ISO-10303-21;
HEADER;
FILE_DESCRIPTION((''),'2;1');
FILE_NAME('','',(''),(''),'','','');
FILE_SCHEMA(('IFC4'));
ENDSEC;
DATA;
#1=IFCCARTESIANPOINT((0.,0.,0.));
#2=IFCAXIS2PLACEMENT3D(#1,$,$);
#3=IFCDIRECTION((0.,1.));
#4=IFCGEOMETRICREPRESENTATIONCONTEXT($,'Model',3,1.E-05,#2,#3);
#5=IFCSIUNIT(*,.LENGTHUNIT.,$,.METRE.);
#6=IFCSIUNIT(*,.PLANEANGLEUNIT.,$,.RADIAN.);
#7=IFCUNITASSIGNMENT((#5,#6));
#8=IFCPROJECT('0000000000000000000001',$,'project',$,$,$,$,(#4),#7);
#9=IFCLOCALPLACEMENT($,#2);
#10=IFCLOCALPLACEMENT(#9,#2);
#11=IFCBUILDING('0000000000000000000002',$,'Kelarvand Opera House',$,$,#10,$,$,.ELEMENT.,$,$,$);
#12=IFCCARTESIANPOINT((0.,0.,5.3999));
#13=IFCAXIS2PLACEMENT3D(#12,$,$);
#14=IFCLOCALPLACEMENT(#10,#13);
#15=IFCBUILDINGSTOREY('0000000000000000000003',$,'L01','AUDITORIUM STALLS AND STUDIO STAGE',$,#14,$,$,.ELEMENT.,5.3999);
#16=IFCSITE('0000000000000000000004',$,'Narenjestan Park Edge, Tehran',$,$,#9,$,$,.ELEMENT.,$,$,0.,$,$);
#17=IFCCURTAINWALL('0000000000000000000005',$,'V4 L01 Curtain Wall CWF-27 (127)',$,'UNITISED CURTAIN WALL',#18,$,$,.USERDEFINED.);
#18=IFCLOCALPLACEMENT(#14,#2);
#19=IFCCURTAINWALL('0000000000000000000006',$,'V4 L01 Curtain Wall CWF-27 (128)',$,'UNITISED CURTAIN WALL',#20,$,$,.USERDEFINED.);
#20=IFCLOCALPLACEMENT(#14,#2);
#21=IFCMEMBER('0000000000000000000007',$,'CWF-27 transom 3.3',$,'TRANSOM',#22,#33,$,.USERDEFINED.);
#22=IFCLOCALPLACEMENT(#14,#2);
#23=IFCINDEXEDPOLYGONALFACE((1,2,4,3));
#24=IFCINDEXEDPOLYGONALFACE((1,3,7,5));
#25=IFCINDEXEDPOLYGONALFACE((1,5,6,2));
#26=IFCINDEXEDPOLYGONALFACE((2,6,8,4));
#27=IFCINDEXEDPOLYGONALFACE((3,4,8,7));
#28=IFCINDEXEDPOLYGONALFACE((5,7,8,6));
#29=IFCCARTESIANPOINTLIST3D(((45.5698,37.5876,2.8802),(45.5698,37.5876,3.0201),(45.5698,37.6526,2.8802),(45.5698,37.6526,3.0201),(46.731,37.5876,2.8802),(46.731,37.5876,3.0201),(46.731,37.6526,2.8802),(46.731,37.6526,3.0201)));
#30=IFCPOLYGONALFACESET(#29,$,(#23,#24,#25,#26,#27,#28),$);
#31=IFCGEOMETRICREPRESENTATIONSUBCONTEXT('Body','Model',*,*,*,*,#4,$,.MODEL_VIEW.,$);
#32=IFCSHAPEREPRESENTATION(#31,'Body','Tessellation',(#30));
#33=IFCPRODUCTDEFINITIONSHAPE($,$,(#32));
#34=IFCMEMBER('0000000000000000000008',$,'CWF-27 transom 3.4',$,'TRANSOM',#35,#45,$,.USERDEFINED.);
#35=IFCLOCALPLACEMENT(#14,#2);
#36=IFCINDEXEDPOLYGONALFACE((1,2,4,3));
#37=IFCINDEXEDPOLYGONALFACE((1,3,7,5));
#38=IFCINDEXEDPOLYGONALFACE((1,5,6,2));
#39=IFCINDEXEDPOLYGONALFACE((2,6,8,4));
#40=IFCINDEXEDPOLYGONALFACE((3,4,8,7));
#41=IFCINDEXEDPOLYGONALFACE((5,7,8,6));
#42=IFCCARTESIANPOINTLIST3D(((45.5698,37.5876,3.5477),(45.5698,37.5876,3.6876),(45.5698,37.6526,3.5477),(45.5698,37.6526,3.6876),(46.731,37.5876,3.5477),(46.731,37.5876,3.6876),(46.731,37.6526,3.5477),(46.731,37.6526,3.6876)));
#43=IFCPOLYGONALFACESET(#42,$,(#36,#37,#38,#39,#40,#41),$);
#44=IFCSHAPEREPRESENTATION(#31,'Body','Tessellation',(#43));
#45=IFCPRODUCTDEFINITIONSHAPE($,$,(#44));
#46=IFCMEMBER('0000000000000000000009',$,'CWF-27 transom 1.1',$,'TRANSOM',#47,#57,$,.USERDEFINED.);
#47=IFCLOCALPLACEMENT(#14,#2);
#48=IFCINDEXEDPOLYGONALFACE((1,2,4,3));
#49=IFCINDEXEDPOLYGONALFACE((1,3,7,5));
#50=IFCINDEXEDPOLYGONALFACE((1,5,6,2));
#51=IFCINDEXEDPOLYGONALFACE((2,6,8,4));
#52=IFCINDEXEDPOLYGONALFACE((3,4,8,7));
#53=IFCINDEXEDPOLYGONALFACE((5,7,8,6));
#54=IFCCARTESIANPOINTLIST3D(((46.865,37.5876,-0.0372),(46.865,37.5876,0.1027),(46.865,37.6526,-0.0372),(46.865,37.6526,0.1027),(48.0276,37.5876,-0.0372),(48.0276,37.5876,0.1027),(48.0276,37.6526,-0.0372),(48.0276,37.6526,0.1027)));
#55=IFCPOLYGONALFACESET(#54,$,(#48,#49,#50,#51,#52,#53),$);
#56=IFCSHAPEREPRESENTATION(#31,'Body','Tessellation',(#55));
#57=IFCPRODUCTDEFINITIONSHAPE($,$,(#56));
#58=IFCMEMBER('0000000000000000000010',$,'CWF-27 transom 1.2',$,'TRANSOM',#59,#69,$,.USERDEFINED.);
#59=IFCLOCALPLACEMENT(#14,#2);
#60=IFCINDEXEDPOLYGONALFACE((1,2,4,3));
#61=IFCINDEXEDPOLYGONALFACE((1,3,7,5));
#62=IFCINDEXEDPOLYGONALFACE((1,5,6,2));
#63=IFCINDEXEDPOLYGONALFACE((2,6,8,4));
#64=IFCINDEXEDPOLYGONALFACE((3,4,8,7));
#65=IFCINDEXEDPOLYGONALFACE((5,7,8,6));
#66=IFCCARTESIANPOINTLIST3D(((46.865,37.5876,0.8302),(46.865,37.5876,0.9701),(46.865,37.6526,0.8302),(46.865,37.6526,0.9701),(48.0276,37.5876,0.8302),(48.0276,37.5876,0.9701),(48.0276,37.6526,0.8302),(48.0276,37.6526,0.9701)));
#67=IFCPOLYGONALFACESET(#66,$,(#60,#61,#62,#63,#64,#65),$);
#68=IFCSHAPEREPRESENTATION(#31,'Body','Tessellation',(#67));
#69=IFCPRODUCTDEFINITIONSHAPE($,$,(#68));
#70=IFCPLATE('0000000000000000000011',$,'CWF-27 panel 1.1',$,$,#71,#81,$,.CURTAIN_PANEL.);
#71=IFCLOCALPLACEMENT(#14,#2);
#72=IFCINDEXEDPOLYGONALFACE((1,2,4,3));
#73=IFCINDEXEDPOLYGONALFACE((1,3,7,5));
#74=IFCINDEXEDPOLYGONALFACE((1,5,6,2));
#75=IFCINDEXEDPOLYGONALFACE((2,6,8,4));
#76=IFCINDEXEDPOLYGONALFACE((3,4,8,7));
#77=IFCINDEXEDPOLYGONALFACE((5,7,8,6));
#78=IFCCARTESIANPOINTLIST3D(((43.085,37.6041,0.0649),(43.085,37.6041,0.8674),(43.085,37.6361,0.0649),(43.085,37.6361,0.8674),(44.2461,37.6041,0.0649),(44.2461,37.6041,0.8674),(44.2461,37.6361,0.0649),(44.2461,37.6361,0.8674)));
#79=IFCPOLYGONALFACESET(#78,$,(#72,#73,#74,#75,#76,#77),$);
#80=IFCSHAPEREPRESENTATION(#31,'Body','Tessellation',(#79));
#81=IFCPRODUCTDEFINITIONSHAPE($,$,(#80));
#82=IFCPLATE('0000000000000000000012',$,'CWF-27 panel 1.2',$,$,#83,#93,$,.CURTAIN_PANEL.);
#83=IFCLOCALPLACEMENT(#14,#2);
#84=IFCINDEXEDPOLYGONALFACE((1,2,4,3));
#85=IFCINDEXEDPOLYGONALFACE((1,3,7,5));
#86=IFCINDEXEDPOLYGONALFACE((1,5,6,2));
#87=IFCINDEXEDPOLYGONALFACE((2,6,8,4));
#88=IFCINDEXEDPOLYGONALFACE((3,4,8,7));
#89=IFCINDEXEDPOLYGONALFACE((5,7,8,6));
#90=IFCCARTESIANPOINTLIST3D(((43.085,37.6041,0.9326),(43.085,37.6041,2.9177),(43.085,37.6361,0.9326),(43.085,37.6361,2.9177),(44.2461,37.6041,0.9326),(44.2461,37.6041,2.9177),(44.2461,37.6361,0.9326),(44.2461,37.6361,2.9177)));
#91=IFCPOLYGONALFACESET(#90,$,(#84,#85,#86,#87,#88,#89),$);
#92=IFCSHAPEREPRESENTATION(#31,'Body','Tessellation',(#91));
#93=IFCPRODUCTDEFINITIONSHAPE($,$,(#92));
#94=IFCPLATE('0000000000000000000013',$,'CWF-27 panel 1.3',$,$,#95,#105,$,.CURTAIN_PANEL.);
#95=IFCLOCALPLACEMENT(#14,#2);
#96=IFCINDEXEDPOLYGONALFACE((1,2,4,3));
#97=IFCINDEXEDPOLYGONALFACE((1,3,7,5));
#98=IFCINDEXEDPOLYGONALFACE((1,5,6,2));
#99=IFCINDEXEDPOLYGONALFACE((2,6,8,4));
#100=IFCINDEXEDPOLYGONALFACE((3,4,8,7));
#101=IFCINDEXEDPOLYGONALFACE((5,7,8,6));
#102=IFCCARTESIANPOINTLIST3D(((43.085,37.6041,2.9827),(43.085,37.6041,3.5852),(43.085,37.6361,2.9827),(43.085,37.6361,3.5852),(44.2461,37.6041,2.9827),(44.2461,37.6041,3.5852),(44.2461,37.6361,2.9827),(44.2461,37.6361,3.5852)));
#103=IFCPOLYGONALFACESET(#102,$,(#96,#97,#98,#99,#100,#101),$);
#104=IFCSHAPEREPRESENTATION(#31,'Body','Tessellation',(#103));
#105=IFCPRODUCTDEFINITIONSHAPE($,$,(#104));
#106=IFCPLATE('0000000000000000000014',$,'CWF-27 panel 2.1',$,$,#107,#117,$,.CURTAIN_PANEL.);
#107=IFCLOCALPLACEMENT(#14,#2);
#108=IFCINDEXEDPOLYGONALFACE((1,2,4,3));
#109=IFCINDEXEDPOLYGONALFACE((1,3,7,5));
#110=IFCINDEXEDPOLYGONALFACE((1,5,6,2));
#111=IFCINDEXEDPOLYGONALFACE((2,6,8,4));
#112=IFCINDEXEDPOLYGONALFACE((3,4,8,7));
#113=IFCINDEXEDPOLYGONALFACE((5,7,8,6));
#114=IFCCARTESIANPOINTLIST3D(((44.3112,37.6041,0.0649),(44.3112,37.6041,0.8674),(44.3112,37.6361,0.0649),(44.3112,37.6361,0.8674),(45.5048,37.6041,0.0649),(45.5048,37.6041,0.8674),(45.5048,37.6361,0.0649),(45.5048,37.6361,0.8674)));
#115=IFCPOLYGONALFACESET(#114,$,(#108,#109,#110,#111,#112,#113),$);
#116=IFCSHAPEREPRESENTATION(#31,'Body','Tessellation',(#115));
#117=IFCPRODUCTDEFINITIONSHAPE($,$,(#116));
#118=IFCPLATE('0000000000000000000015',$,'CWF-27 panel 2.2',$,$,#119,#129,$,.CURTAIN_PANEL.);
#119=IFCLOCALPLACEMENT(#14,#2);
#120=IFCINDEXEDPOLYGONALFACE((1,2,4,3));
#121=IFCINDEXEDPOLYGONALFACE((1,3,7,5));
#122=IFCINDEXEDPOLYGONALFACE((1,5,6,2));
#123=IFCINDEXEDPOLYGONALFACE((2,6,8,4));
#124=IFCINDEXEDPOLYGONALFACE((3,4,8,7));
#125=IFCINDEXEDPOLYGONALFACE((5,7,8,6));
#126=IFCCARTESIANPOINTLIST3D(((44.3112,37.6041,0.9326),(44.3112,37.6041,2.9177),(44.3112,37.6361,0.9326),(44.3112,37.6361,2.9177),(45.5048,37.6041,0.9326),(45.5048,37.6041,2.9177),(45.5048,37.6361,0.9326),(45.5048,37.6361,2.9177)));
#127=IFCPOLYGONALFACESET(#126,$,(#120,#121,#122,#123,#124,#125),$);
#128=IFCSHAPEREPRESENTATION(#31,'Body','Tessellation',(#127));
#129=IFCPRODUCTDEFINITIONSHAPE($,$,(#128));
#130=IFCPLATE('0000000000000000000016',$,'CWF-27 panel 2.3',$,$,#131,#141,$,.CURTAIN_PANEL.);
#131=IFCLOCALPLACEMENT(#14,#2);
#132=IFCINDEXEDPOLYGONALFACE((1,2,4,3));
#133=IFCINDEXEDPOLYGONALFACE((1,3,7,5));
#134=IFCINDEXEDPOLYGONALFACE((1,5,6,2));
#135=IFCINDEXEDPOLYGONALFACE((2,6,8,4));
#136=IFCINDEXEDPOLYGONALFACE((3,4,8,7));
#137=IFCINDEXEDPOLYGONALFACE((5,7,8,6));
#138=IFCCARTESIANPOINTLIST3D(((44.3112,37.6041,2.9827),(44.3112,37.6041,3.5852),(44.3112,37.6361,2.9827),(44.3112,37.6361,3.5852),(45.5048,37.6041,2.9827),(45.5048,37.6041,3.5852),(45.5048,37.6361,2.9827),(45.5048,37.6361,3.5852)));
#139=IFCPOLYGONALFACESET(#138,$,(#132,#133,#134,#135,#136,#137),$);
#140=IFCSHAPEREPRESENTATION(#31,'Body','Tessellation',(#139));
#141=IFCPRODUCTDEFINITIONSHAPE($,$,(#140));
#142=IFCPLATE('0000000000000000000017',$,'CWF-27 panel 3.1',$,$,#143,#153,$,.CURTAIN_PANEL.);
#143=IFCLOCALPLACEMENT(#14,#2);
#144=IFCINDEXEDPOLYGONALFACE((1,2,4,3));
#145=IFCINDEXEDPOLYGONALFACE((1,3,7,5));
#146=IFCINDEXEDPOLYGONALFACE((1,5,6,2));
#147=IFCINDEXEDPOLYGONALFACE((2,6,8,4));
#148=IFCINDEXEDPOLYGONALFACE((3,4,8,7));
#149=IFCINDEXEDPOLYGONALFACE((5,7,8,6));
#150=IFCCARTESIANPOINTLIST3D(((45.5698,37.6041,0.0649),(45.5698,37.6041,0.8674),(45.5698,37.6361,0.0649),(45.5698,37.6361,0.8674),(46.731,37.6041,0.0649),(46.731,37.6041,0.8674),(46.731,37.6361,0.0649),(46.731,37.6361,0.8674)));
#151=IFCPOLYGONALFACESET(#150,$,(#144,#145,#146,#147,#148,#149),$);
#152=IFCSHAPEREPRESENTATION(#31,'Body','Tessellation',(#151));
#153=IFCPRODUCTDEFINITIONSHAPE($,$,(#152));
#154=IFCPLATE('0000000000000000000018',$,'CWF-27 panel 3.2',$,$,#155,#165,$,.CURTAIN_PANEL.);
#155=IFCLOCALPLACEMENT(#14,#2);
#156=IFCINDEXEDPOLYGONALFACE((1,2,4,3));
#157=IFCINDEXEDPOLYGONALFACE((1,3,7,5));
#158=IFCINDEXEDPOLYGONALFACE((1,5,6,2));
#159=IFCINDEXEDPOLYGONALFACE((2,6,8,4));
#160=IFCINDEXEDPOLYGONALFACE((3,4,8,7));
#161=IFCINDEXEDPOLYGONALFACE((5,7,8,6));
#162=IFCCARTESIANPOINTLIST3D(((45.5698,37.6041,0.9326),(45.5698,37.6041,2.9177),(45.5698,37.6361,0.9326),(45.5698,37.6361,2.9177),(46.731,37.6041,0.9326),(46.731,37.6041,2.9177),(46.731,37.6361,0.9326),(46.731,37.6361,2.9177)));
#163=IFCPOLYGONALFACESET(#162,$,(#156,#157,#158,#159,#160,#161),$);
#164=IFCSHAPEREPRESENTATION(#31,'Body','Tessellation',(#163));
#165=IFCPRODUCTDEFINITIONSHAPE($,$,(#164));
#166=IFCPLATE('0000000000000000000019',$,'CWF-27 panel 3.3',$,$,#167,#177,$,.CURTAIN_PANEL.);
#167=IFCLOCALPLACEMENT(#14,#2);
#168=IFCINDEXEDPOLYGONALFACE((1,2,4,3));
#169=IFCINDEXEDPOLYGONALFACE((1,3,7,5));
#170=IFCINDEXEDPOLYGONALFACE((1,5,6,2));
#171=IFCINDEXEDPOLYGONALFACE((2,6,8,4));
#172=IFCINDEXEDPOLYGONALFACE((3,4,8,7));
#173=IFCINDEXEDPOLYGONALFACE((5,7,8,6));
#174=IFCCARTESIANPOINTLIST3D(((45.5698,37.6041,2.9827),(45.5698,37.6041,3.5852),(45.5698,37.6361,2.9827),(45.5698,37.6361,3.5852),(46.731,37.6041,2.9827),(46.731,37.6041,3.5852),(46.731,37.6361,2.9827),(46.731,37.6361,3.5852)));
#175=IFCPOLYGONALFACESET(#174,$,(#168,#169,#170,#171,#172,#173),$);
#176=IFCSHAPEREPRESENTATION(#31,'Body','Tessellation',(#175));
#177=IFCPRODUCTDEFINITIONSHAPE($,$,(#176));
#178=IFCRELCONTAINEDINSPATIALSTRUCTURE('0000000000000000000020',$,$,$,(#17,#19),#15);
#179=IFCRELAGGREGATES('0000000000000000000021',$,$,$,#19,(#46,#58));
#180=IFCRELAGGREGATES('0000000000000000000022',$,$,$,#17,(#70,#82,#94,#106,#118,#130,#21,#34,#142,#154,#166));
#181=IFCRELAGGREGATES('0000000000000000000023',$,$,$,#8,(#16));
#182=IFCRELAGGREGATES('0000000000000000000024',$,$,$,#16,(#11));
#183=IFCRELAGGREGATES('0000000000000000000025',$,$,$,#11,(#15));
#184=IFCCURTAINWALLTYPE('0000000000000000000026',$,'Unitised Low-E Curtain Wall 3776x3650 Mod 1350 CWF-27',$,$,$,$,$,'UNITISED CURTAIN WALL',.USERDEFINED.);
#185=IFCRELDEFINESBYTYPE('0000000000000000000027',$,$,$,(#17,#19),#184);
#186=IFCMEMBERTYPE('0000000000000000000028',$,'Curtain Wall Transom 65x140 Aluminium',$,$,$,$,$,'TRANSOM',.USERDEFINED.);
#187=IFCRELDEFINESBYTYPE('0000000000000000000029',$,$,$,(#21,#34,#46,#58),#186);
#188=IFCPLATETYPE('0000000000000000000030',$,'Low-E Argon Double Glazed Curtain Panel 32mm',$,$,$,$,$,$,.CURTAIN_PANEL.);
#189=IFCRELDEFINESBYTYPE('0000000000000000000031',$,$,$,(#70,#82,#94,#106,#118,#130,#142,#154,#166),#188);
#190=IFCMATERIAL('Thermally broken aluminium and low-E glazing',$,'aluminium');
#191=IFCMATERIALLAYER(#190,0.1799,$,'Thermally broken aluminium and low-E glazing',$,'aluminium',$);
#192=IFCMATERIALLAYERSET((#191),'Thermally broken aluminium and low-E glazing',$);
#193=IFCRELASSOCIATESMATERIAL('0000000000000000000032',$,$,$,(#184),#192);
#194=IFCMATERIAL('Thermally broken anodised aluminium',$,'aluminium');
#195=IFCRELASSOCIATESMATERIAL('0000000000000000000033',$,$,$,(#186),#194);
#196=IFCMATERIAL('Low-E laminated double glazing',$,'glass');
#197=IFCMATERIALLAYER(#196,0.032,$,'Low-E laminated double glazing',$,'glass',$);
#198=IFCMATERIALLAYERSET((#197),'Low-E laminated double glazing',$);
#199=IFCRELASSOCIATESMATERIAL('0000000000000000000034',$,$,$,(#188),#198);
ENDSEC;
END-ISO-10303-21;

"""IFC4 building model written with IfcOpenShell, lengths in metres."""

from ifc_helpers import new_model, si_unit, direction, frame, origin, origin_2d, place, context, subcontext, project, spatial, rectangle, extrude, material, layer, layer_set, material_profile, profile_set, type_object, element, aggregate, save


model = new_model("IFC4")

# Units and contexts
model_context = context("Model", 3, precision=1e-05, world=origin(), true_north=direction((0.0, 1.0)))
body_context = subcontext(model_context, "Body", "Model", "MODEL_VIEW")
ifc_project = project(units=[si_unit("LENGTHUNIT", "METRE"), si_unit("PLANEANGLEUNIT", "RADIAN")], contexts=[model_context])

# Site, building, storey
site_placement = place(None, origin())
site = spatial("IfcSite", under=ifc_project, at=site_placement, Name="Narenjestan Park Edge, Tehran", CompositionType="ELEMENT", RefElevation=0.0)
building_placement = place(site_placement, origin())
building = spatial("IfcBuilding", under=site, at=building_placement, Name="Kelarvand Opera House", CompositionType="ELEMENT")
storey_placement = place(building_placement, frame((0.0, 0.0, 5.3999)))
storey = spatial("IfcBuildingStorey", under=building, at=storey_placement, Name="L01", Description="AUDITORIUM STALLS AND STUDIO STAGE", CompositionType="ELEMENT", Elevation=5.3999)

# Curtain wall
ifc_material_1 = material(Name="Thermally broken aluminium and low-E glazing", Category="aluminium")
ifc_layer_1 = layer(ifc_material_1, 0.1799, Name="Thermally broken aluminium and low-E glazing", Category="aluminium")
ifc_layer_set_1 = layer_set([ifc_layer_1], Name="Thermally broken aluminium and low-E glazing")
curtain_wall_type = type_object("IfcCurtainWallType", Name="Unitised Low-E Curtain Wall 3776x3650 Mod 1350 CWF-27", ElementType="UNITISED CURTAIN WALL", PredefinedType="USERDEFINED", material=ifc_layer_set_1)
curtain_wall_1_placement = place(storey_placement, origin())
curtain_wall_1 = element("IfcCurtainWall", 1, at=curtain_wall_1_placement, inside=storey, type_object=curtain_wall_type, Name="V4 L01 Curtain Wall CWF-27 (127)", ObjectType="UNITISED CURTAIN WALL", PredefinedType="USERDEFINED")
ifc_material_2 = material(Name="Thermally broken anodised aluminium", Category="aluminium")

# Curtain wall
curtain_wall_2_placement = place(storey_placement, origin())
curtain_wall_2 = element("IfcCurtainWall", 2, at=curtain_wall_2_placement, inside=storey, type_object=curtain_wall_type, Name="V4 L01 Curtain Wall CWF-27 (128)", ObjectType="UNITISED CURTAIN WALL", PredefinedType="USERDEFINED")

# Members
ifc_material_profile_1 = material_profile(ifc_material_2, rectangle(XDim=0.0649, YDim=0.1399, at=origin_2d()), Name="ALU TRANSOM 65x140", Category="aluminium")
ifc_profile_set_1 = profile_set([ifc_material_profile_1], Name="Thermally broken anodised aluminium")
member_type_1 = type_object("IfcMemberType", Name="Curtain Wall Transom 65x140 Aluminium", ElementType="TRANSOM", PredefinedType="USERDEFINED", material=ifc_profile_set_1)
member_1_placement = place(storey_placement, frame((45.5698, 37.6201, 2.9502), z_axis=(1.0, 0.0, 0.0), x_axis=(0.0, 1.0, 0.0)))
member_1 = element("IfcMember", 3, at=member_1_placement, type_object=member_type_1, Name="CWF-27 transom 3.3", ObjectType="TRANSOM", PredefinedType="USERDEFINED", context=body_context, shape_type="SweptSolid", body=[
    extrude(rectangle(XDim=0.0649, YDim=0.1399, at=origin_2d()), origin(), (0.0, 0.0, 1.0), 1.1611),
])
member_2_placement = place(storey_placement, frame((45.5698, 37.6201, 3.6177), z_axis=(1.0, 0.0, 0.0), x_axis=(0.0, 1.0, 0.0)))
member_2 = element("IfcMember", 4, at=member_2_placement, type_object=member_type_1, Name="CWF-27 transom 3.4", ObjectType="TRANSOM", PredefinedType="USERDEFINED", context=body_context, shape_type="SweptSolid", body=[
    extrude(rectangle(XDim=0.0649, YDim=0.1399, at=origin_2d()), origin(), (0.0, 0.0, 1.0), 1.1611),
])
member_3_placement = place(storey_placement, frame((46.865, 37.6201, 0.0327), z_axis=(1.0, 0.0, 0.0), x_axis=(0.0, 1.0, 0.0)))
member_3 = element("IfcMember", 5, at=member_3_placement, type_object=member_type_1, Name="CWF-27 transom 1.1", ObjectType="TRANSOM", PredefinedType="USERDEFINED", context=body_context, shape_type="SweptSolid", body=[
    extrude(rectangle(XDim=0.0649, YDim=0.1399, at=origin_2d()), origin(), (0.0, 0.0, 1.0), 1.1626),
])
member_4_placement = place(storey_placement, frame((46.865, 37.6201, 0.9001), z_axis=(1.0, 0.0, 0.0), x_axis=(0.0, 1.0, 0.0)))
member_4 = element("IfcMember", 6, at=member_4_placement, type_object=member_type_1, Name="CWF-27 transom 1.2", ObjectType="TRANSOM", PredefinedType="USERDEFINED", context=body_context, shape_type="SweptSolid", body=[
    extrude(rectangle(XDim=0.0649, YDim=0.1399, at=origin_2d()), origin(), (0.0, 0.0, 1.0), 1.1626),
])
aggregate(curtain_wall_2, [member_3, member_4])

# Plates
ifc_material_3 = material(Name="Low-E laminated double glazing", Category="glass")
ifc_layer_2 = layer(ifc_material_3, 0.032, Name="Low-E laminated double glazing", Category="glass")
ifc_layer_set_2 = layer_set([ifc_layer_2], Name="Low-E laminated double glazing")
plate_type = type_object("IfcPlateType", Name="Low-E Argon Double Glazed Curtain Panel 32mm", PredefinedType="CURTAIN_PANEL", material=ifc_layer_set_2)
plate_1_placement = place(storey_placement, frame((43.6655, 37.6201, 0.0649), z_axis=(0.0, 0.0, 1.0), x_axis=(1.0, 0.0, 0.0)))
plate_1 = element("IfcPlate", 7, at=plate_1_placement, type_object=plate_type, Name="CWF-27 panel 1.1", PredefinedType="CURTAIN_PANEL", context=body_context, shape_type="SweptSolid", body=[
    extrude(rectangle(XDim=1.1611, YDim=0.032, at=origin_2d()), origin(), (0.0, 0.0, 1.0), 0.8025),
])
plate_2_placement = place(storey_placement, frame((43.6655, 37.6201, 0.9326), z_axis=(0.0, 0.0, 1.0), x_axis=(1.0, 0.0, 0.0)))
plate_2 = element("IfcPlate", 8, at=plate_2_placement, type_object=plate_type, Name="CWF-27 panel 1.2", PredefinedType="CURTAIN_PANEL", context=body_context, shape_type="SweptSolid", body=[
    extrude(rectangle(XDim=1.1611, YDim=0.032, at=origin_2d()), origin(), (0.0, 0.0, 1.0), 1.9851),
])
plate_3_placement = place(storey_placement, frame((43.6655, 37.6201, 2.9827), z_axis=(0.0, 0.0, 1.0), x_axis=(1.0, 0.0, 0.0)))
plate_3 = element("IfcPlate", 9, at=plate_3_placement, type_object=plate_type, Name="CWF-27 panel 1.3", PredefinedType="CURTAIN_PANEL", context=body_context, shape_type="SweptSolid", body=[
    extrude(rectangle(XDim=1.1611, YDim=0.032, at=origin_2d()), origin(), (0.0, 0.0, 1.0), 0.6025),
])
plate_4_placement = place(storey_placement, frame((44.908, 37.6201, 0.0649), z_axis=(0.0, 0.0, 1.0), x_axis=(1.0, 0.0, 0.0)))
plate_4 = element("IfcPlate", 10, at=plate_4_placement, type_object=plate_type, Name="CWF-27 panel 2.1", PredefinedType="CURTAIN_PANEL", context=body_context, shape_type="SweptSolid", body=[
    extrude(rectangle(XDim=1.1936, YDim=0.032, at=origin_2d()), origin(), (0.0, 0.0, 1.0), 0.8025),
])
plate_5_placement = place(storey_placement, frame((44.908, 37.6201, 0.9326), z_axis=(0.0, 0.0, 1.0), x_axis=(1.0, 0.0, 0.0)))
plate_5 = element("IfcPlate", 11, at=plate_5_placement, type_object=plate_type, Name="CWF-27 panel 2.2", PredefinedType="CURTAIN_PANEL", context=body_context, shape_type="SweptSolid", body=[
    extrude(rectangle(XDim=1.1936, YDim=0.032, at=origin_2d()), origin(), (0.0, 0.0, 1.0), 1.9851),
])
plate_6_placement = place(storey_placement, frame((44.908, 37.6201, 2.9827), z_axis=(0.0, 0.0, 1.0), x_axis=(1.0, 0.0, 0.0)))
plate_6 = element("IfcPlate", 12, at=plate_6_placement, type_object=plate_type, Name="CWF-27 panel 2.3", PredefinedType="CURTAIN_PANEL", context=body_context, shape_type="SweptSolid", body=[
    extrude(rectangle(XDim=1.1936, YDim=0.032, at=origin_2d()), origin(), (0.0, 0.0, 1.0), 0.6025),
])
plate_7_placement = place(storey_placement, frame((46.1504, 37.6201, 0.0649), z_axis=(0.0, 0.0, 1.0), x_axis=(1.0, 0.0, 0.0)))
plate_7 = element("IfcPlate", 13, at=plate_7_placement, type_object=plate_type, Name="CWF-27 panel 3.1", PredefinedType="CURTAIN_PANEL", context=body_context, shape_type="SweptSolid", body=[
    extrude(rectangle(XDim=1.1611, YDim=0.032, at=origin_2d()), origin(), (0.0, 0.0, 1.0), 0.8025),
])
plate_8_placement = place(storey_placement, frame((46.1504, 37.6201, 0.9326), z_axis=(0.0, 0.0, 1.0), x_axis=(1.0, 0.0, 0.0)))
plate_8 = element("IfcPlate", 14, at=plate_8_placement, type_object=plate_type, Name="CWF-27 panel 3.2", PredefinedType="CURTAIN_PANEL", context=body_context, shape_type="SweptSolid", body=[
    extrude(rectangle(XDim=1.1611, YDim=0.032, at=origin_2d()), origin(), (0.0, 0.0, 1.0), 1.9851),
])
plate_9_placement = place(storey_placement, frame((46.1504, 37.6201, 2.9827), z_axis=(0.0, 0.0, 1.0), x_axis=(1.0, 0.0, 0.0)))
plate_9 = element("IfcPlate", 15, at=plate_9_placement, type_object=plate_type, Name="CWF-27 panel 3.3", PredefinedType="CURTAIN_PANEL", context=body_context, shape_type="SweptSolid", body=[
    extrude(rectangle(XDim=1.1611, YDim=0.032, at=origin_2d()), origin(), (0.0, 0.0, 1.0), 0.6025),
])
aggregate(curtain_wall_1, [plate_1, plate_2, plate_3, plate_4, plate_5, plate_6, member_1, member_2, plate_7, plate_8, plate_9])

save(model, "model.ifc")
